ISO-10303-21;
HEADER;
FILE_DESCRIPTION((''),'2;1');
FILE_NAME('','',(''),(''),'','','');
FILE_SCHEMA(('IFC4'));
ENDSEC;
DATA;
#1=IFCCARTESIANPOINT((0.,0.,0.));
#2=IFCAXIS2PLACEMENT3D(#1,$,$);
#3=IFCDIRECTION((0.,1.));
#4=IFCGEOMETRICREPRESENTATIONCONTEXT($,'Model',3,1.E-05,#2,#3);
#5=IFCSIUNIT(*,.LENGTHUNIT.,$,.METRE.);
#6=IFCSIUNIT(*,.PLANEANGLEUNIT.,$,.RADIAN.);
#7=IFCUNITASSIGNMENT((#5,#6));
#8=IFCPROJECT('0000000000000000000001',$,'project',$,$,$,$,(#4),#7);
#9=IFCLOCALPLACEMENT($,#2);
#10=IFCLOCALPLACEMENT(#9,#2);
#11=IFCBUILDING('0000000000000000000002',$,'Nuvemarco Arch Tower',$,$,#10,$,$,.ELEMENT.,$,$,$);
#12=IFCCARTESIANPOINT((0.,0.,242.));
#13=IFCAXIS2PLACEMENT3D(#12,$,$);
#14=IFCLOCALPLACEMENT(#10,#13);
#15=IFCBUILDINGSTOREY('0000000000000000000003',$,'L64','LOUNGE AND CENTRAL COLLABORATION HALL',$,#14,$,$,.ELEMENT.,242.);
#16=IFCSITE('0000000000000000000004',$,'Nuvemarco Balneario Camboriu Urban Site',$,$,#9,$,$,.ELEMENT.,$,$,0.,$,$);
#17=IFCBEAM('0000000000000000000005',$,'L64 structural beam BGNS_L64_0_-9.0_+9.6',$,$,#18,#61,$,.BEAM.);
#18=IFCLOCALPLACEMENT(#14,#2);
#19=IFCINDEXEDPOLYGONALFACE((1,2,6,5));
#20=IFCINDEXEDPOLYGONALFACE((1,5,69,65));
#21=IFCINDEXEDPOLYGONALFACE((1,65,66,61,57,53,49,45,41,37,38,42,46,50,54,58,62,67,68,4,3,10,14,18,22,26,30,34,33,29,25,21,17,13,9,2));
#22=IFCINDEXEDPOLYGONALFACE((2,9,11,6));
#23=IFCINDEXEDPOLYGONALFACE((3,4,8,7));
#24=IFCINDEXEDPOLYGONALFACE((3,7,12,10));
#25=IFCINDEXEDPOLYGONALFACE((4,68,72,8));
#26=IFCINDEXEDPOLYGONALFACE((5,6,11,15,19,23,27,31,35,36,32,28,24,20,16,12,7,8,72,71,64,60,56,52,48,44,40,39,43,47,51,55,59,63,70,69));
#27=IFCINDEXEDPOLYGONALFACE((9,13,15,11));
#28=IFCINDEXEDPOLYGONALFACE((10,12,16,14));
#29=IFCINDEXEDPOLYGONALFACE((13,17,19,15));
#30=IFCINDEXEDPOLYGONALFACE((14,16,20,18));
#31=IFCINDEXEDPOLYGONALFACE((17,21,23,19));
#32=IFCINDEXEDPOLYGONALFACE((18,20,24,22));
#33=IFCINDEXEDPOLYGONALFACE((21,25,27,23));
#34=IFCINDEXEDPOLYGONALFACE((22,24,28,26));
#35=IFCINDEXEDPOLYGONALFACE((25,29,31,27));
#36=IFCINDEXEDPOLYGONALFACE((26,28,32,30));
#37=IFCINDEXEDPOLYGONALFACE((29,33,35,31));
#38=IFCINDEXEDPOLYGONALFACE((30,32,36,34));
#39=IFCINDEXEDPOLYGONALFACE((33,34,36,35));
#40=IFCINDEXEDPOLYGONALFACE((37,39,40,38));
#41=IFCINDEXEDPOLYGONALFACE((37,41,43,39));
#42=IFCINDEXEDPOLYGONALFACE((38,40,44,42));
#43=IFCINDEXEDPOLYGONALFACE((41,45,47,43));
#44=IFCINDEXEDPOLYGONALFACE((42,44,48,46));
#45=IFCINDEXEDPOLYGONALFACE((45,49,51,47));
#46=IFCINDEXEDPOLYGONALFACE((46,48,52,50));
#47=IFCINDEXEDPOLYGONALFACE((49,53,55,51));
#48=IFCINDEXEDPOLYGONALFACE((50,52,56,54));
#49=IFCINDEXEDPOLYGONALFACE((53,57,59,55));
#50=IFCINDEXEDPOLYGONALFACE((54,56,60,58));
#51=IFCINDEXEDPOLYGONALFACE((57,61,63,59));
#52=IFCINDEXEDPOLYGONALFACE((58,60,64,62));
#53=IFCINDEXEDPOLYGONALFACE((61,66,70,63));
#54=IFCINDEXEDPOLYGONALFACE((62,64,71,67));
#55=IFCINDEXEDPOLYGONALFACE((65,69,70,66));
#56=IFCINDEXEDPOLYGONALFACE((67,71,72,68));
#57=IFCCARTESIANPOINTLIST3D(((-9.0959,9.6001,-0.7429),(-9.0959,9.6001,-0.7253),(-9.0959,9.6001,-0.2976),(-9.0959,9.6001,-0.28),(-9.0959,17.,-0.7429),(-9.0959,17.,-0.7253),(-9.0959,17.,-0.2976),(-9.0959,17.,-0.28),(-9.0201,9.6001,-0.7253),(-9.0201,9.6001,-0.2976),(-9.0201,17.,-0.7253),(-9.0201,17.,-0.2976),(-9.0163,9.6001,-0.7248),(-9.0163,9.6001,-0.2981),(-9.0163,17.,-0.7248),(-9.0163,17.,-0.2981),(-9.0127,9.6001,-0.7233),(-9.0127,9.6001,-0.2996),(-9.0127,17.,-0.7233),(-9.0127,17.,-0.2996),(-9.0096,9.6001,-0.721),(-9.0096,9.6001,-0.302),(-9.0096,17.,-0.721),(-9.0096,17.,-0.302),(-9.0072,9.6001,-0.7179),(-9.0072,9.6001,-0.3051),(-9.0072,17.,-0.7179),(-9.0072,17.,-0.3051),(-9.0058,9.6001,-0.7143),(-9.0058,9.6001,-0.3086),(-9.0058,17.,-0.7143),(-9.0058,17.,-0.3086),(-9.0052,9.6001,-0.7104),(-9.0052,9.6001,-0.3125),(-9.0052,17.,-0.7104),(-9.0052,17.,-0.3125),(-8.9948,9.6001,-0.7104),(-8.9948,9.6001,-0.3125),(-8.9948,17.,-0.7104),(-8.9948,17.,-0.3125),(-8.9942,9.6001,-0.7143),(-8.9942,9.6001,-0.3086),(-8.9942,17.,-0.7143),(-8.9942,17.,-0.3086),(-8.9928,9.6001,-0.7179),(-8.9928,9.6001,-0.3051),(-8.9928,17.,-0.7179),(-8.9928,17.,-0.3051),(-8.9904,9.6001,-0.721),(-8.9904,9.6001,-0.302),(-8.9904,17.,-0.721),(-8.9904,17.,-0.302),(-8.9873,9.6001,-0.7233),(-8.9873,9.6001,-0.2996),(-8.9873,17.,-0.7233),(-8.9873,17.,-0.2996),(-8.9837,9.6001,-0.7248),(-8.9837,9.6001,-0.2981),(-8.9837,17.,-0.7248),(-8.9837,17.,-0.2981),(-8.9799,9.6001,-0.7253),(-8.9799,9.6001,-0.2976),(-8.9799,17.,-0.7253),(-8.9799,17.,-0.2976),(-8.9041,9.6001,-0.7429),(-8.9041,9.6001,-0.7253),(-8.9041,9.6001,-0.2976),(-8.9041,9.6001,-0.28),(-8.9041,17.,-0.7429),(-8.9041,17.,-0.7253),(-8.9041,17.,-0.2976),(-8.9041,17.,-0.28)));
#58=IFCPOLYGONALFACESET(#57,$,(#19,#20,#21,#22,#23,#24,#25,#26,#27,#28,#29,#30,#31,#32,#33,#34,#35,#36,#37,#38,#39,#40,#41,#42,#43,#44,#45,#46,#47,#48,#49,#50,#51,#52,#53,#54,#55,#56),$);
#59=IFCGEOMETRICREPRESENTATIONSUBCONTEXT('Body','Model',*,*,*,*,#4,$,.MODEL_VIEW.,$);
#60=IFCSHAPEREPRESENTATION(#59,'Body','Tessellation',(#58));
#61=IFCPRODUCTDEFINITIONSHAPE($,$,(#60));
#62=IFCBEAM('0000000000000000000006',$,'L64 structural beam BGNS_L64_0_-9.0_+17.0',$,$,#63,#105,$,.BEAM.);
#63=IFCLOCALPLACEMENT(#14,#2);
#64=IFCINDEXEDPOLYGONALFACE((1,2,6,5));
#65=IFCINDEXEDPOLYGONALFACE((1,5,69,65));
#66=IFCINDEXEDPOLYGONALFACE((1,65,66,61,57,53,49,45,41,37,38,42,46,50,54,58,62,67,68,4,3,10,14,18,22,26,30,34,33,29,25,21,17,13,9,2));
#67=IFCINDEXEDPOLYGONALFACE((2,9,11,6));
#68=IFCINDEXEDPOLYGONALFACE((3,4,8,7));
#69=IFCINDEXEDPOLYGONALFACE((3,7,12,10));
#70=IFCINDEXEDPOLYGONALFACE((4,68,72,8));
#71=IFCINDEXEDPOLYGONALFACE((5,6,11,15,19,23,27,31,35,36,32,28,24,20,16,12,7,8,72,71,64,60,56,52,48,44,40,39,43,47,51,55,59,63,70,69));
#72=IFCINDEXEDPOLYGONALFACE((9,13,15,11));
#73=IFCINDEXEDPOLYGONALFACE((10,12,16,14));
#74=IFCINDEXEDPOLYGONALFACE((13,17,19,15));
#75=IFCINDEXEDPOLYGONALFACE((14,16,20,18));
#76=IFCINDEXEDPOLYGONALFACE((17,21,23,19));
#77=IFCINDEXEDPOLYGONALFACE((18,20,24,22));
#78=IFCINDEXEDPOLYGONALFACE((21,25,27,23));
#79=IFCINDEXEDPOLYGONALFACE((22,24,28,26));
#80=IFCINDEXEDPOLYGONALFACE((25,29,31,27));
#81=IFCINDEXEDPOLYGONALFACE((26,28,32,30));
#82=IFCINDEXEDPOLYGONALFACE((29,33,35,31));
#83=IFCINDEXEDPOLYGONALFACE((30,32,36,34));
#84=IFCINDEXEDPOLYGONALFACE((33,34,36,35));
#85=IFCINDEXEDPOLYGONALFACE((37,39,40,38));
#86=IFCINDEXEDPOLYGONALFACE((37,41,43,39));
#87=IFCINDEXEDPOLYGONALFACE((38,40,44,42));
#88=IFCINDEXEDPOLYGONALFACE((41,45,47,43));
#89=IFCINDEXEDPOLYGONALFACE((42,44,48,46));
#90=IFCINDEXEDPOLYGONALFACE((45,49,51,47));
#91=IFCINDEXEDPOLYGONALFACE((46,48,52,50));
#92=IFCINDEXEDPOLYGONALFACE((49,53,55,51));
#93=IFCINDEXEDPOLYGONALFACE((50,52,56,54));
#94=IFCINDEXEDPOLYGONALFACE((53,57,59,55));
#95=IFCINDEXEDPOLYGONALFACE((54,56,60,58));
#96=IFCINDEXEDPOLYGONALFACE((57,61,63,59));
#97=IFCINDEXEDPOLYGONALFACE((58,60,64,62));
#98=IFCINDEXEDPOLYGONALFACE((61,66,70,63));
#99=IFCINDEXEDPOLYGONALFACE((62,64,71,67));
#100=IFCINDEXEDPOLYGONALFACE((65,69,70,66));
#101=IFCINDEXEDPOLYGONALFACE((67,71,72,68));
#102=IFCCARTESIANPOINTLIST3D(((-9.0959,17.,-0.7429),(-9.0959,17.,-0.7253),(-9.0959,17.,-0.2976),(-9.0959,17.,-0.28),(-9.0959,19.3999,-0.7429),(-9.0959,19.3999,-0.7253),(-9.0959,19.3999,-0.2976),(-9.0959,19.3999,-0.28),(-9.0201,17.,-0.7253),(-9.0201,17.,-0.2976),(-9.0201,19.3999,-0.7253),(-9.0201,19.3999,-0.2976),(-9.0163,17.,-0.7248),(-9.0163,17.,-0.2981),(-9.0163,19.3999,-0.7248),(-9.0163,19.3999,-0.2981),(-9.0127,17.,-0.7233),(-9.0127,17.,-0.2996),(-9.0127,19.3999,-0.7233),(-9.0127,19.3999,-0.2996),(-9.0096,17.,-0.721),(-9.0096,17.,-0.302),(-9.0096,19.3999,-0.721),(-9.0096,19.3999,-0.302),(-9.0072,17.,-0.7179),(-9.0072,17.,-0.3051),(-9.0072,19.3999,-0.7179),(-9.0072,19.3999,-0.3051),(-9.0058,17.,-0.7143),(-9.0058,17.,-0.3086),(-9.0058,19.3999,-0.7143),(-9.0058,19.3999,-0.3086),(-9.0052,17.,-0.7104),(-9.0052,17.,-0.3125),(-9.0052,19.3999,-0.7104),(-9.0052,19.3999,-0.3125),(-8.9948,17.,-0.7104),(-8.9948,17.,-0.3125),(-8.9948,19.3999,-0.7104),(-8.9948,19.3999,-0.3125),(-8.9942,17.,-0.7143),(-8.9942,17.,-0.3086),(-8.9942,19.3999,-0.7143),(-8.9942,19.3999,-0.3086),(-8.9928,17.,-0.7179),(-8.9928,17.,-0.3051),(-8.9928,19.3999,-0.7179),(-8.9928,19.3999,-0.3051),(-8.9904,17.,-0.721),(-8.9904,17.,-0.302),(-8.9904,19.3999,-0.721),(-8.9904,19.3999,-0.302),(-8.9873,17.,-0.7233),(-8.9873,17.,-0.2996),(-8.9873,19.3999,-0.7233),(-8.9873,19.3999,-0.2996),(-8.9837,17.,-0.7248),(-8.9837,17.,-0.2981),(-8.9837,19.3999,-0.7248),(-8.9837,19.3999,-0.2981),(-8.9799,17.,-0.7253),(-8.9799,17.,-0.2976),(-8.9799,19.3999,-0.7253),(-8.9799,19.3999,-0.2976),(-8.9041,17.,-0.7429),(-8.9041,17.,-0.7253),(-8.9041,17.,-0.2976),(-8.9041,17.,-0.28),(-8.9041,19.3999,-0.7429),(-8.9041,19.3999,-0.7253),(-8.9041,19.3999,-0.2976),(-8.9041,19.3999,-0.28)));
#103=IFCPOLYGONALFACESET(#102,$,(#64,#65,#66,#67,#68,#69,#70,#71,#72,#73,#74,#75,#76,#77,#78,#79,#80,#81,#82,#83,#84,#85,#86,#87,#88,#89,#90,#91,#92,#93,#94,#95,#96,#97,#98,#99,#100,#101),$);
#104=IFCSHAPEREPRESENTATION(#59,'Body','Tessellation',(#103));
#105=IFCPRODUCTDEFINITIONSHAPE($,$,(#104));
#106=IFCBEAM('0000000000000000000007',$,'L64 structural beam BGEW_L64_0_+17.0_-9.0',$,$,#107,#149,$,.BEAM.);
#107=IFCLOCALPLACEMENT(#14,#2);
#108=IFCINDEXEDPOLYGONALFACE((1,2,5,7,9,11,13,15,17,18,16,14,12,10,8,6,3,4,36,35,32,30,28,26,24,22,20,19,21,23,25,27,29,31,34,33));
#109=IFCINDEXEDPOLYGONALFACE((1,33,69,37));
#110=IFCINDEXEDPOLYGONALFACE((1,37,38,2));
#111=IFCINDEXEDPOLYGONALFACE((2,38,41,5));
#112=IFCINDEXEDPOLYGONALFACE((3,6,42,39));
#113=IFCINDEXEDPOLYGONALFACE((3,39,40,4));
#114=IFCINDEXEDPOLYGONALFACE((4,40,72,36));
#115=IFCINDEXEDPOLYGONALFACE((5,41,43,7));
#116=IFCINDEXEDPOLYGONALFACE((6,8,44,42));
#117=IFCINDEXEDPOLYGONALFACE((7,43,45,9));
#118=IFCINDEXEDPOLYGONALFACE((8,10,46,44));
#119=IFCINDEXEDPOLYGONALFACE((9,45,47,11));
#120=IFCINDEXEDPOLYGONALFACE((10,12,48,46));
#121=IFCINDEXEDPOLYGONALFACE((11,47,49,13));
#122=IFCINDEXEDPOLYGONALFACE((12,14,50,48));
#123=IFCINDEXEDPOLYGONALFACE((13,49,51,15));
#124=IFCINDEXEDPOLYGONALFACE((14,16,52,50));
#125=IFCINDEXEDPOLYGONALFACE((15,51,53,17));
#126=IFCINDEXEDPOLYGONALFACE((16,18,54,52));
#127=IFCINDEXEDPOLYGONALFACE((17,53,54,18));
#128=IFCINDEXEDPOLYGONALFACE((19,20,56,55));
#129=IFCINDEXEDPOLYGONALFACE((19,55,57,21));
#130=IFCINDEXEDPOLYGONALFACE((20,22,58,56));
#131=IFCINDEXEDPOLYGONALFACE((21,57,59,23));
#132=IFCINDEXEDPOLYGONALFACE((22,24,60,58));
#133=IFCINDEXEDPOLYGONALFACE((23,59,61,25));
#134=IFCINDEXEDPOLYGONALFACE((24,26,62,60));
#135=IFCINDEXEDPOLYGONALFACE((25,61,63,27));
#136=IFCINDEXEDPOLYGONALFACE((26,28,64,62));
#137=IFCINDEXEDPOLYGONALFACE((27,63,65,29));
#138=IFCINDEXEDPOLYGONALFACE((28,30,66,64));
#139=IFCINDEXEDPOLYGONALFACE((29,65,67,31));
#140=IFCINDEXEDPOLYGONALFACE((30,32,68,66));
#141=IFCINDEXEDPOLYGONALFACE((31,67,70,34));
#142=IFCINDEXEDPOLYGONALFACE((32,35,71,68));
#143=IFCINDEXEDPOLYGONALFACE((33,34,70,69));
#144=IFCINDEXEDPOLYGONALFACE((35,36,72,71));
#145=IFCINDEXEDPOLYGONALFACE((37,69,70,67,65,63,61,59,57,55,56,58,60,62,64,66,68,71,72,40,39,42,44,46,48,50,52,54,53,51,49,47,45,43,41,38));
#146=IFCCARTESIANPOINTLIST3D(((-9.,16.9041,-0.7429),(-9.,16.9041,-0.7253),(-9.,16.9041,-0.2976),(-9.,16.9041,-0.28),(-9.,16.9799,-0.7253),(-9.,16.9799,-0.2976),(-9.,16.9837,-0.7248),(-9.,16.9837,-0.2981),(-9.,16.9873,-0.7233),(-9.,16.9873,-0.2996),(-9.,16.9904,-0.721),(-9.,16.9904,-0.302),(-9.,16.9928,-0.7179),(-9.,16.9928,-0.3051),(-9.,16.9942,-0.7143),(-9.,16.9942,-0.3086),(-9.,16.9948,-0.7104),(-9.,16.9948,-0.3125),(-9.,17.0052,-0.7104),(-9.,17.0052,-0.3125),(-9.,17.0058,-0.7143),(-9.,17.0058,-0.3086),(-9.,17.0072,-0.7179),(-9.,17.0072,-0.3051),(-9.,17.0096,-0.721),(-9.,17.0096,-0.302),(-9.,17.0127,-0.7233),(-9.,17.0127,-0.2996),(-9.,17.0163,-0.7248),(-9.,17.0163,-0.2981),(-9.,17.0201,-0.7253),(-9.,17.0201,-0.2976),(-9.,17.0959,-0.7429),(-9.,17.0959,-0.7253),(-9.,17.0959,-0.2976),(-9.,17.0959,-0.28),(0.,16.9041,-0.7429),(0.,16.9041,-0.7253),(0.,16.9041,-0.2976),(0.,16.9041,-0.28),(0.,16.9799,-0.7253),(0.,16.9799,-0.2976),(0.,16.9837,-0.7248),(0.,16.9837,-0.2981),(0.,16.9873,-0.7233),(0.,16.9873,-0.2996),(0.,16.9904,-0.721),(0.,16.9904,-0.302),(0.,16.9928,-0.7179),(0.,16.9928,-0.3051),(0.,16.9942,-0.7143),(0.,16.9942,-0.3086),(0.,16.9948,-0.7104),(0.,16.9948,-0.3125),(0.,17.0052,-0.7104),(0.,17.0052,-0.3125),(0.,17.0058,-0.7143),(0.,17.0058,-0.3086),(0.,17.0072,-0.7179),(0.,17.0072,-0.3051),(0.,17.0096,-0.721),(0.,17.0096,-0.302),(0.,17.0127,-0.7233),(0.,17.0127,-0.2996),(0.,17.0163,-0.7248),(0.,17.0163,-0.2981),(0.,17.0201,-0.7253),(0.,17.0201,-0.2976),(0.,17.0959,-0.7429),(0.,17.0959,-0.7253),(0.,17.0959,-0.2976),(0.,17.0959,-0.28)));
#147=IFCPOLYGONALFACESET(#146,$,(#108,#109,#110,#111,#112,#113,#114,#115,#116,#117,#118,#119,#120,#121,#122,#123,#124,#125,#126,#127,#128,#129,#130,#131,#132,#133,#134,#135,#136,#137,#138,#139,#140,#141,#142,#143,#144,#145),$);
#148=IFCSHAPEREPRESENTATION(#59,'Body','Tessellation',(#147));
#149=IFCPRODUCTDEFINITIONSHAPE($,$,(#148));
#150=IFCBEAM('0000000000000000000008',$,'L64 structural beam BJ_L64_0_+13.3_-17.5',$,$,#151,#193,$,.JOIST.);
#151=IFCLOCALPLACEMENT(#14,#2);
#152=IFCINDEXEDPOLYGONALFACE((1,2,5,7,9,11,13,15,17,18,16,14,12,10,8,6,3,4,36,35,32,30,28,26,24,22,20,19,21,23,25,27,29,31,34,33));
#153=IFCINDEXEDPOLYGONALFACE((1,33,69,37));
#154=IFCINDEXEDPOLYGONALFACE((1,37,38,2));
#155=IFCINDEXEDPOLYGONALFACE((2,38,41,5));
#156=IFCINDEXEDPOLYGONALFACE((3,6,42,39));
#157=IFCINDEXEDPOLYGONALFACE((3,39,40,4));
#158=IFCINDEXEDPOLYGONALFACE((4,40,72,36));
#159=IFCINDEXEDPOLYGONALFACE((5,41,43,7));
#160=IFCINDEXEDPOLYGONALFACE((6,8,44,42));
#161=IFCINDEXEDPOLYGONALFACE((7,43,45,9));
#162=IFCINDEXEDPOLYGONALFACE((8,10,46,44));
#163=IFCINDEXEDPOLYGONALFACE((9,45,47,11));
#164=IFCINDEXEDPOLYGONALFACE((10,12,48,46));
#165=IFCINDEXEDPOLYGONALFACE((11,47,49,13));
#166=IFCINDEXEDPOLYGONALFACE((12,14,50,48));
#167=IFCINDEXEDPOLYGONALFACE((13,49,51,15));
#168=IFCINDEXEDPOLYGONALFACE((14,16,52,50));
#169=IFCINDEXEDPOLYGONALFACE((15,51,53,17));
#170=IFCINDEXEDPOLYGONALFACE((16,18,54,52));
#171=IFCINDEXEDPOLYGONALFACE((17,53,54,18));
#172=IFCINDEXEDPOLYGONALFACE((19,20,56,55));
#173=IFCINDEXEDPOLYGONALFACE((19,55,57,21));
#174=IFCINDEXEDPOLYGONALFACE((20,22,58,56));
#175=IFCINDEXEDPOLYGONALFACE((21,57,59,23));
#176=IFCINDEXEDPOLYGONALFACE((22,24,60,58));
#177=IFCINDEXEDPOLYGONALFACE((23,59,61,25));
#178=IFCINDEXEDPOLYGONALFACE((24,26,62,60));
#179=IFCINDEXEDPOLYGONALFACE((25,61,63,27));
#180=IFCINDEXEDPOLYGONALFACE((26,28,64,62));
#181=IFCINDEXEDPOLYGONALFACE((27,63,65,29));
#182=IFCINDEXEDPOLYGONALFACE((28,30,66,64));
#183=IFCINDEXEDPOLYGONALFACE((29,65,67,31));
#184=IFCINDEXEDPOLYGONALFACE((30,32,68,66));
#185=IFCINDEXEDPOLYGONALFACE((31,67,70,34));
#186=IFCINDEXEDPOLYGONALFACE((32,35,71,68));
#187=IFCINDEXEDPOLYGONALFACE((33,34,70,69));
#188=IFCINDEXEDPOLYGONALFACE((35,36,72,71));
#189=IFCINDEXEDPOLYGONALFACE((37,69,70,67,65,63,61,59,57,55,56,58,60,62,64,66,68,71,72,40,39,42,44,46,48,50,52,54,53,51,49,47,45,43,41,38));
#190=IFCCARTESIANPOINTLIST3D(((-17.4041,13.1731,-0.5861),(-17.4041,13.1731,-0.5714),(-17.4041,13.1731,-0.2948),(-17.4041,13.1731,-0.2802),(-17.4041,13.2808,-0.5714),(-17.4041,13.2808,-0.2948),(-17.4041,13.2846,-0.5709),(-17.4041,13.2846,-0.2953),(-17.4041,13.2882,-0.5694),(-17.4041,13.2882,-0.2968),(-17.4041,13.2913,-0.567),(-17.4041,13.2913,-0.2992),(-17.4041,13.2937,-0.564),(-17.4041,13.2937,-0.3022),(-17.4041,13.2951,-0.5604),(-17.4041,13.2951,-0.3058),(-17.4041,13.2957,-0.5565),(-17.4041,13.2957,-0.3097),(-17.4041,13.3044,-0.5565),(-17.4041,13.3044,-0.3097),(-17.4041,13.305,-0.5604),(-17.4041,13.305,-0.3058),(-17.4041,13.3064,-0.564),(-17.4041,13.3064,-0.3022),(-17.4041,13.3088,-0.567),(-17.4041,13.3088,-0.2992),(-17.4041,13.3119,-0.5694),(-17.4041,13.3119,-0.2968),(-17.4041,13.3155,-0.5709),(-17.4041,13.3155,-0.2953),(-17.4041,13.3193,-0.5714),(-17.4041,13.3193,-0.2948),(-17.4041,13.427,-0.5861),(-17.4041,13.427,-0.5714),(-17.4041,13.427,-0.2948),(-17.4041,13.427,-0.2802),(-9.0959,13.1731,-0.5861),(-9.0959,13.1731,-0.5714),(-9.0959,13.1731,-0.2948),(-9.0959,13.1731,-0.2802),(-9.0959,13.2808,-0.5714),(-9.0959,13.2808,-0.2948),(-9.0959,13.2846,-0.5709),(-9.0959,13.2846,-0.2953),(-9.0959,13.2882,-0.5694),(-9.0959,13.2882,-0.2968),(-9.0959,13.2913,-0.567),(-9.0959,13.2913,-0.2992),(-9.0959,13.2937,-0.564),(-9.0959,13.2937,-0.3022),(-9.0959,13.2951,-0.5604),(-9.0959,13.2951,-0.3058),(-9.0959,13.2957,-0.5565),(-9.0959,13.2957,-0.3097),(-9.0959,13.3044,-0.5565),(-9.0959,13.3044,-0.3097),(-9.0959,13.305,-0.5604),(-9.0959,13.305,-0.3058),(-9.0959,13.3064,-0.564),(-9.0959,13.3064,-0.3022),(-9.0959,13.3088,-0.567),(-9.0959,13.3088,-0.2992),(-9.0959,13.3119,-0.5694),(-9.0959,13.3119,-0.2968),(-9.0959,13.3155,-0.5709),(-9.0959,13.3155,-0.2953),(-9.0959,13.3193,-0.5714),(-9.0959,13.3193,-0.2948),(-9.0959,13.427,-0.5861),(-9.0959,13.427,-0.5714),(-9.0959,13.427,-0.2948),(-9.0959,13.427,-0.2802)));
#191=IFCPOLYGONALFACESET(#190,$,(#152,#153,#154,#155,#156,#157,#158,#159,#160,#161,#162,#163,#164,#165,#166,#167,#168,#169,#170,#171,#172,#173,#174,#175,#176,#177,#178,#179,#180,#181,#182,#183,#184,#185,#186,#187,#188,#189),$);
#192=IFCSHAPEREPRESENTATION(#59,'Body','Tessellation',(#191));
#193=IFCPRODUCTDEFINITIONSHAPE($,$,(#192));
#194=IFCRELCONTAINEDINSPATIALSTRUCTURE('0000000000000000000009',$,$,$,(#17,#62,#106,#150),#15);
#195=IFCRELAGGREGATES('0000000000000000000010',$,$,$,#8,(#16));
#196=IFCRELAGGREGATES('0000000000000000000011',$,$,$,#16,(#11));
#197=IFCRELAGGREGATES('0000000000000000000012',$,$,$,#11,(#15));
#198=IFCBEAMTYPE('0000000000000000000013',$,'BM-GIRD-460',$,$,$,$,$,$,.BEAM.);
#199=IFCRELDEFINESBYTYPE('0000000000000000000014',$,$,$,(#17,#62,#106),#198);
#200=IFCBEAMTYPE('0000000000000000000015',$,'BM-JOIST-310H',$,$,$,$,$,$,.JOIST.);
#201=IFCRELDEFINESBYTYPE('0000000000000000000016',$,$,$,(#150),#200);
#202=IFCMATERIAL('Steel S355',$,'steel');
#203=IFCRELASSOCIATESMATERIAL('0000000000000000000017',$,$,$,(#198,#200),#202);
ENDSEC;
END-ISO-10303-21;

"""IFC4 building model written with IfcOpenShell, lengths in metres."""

from ifc_helpers import new_model, si_unit, direction, frame, origin, origin_2d, place, context, subcontext, project, spatial, i_section, extrude, material, material_profile, profile_set, type_object, element, save


model = new_model("IFC4")

# Units and contexts
model_context = context("Model", 3, precision=1e-05, world=origin(), true_north=direction((0.0, 1.0)))
body_context = subcontext(model_context, "Body", "Model", "MODEL_VIEW")
ifc_project = project(units=[si_unit("LENGTHUNIT", "METRE"), si_unit("PLANEANGLEUNIT", "RADIAN")], contexts=[model_context])

# Site, building, storey
site_placement = place(None, origin())
site = spatial("IfcSite", under=ifc_project, at=site_placement, Name="Nuvemarco Balneario Camboriu Urban Site", CompositionType="ELEMENT", RefElevation=0.0)
building_placement = place(site_placement, origin())
building = spatial("IfcBuilding", under=site, at=building_placement, Name="Nuvemarco Arch Tower", CompositionType="ELEMENT")
storey_placement = place(building_placement, frame((0.0, 0.0, 242.0)))
storey = spatial("IfcBuildingStorey", under=building, at=storey_placement, Name="L64", Description="LOUNGE AND CENTRAL COLLABORATION HALL", CompositionType="ELEMENT", Elevation=242.0)

# Shared definitions
ifc_material_1 = material(Name="Steel S355", Category="steel")

# Beams
ifc_material_profile_1 = material_profile(ifc_material_1, i_section(OverallWidth=0.1919, OverallDepth=0.4629, WebThickness=0.0105, FlangeThickness=0.0176, FilletRadius=0.0149, at=origin_2d()), Name="W460x89")
ifc_profile_set_1 = profile_set([ifc_material_profile_1], Name="Steel S355")
beam_type_1 = type_object("IfcBeamType", Name="BM-GIRD-460", PredefinedType="BEAM", material=ifc_profile_set_1)
beam_1_placement = place(storey_placement, frame((-9.0, 9.6001, -0.5115), z_axis=(0.0, 1.0, 0.0), x_axis=(-1.0, 0.0, 0.0)))
element("IfcBeam", 1, at=beam_1_placement, inside=storey, type_object=beam_type_1, Name="L64 structural beam BGNS_L64_0_-9.0_+9.6", PredefinedType="BEAM", context=body_context, shape_type="SweptSolid", body=[
    extrude(i_section(OverallWidth=0.1919, OverallDepth=0.4629, WebThickness=0.0105, FlangeThickness=0.0176, FilletRadius=0.0149, at=origin_2d()), origin(), (0.0, 0.0, 1.0), 7.3999),
])
beam_2_placement = place(storey_placement, frame((-9.0, 17.0, -0.5115), z_axis=(0.0, 1.0, 0.0), x_axis=(-1.0, 0.0, 0.0)))
element("IfcBeam", 2, at=beam_2_placement, inside=storey, type_object=beam_type_1, Name="L64 structural beam BGNS_L64_0_-9.0_+17.0", PredefinedType="BEAM", context=body_context, shape_type="SweptSolid", body=[
    extrude(i_section(OverallWidth=0.1919, OverallDepth=0.4629, WebThickness=0.0105, FlangeThickness=0.0176, FilletRadius=0.0149, at=origin_2d()), origin(), (0.0, 0.0, 1.0), 2.3999),
])
beam_3_placement = place(storey_placement, frame((-9.0, 17.0, -0.5115), z_axis=(1.0, 0.0, 0.0), x_axis=(0.0, 1.0, 0.0)))
element("IfcBeam", 3, at=beam_3_placement, inside=storey, type_object=beam_type_1, Name="L64 structural beam BGEW_L64_0_+17.0_-9.0", PredefinedType="BEAM", context=body_context, shape_type="SweptSolid", body=[
    extrude(i_section(OverallWidth=0.1919, OverallDepth=0.4629, WebThickness=0.0105, FlangeThickness=0.0176, FilletRadius=0.0149, at=origin_2d()), origin(), (0.0, 0.0, 1.0), 9.0),
])
ifc_material_profile_2 = material_profile(ifc_material_1, i_section(OverallWidth=0.2539, OverallDepth=0.3059, WebThickness=0.0088, FlangeThickness=0.0146, FilletRadius=0.0149, at=origin_2d()), Name="W310x79")
ifc_profile_set_2 = profile_set([ifc_material_profile_2], Name="Steel S355")
beam_type_2 = type_object("IfcBeamType", Name="BM-JOIST-310H", PredefinedType="JOIST", material=ifc_profile_set_2)
beam_4_placement = place(storey_placement, frame((-17.4041, 13.3, -0.4331), z_axis=(1.0, 0.0, 0.0), x_axis=(0.0, 1.0, 0.0)))
element("IfcBeam", 4, at=beam_4_placement, inside=storey, type_object=beam_type_2, Name="L64 structural beam BJ_L64_0_+13.3_-17.5", PredefinedType="JOIST", context=body_context, shape_type="SweptSolid", body=[
    extrude(i_section(OverallWidth=0.2539, OverallDepth=0.3059, WebThickness=0.0088, FlangeThickness=0.0146, FilletRadius=0.0149, at=origin_2d()), origin(), (0.0, 0.0, 1.0), 8.3081),
])

save(model, "model.ifc")
